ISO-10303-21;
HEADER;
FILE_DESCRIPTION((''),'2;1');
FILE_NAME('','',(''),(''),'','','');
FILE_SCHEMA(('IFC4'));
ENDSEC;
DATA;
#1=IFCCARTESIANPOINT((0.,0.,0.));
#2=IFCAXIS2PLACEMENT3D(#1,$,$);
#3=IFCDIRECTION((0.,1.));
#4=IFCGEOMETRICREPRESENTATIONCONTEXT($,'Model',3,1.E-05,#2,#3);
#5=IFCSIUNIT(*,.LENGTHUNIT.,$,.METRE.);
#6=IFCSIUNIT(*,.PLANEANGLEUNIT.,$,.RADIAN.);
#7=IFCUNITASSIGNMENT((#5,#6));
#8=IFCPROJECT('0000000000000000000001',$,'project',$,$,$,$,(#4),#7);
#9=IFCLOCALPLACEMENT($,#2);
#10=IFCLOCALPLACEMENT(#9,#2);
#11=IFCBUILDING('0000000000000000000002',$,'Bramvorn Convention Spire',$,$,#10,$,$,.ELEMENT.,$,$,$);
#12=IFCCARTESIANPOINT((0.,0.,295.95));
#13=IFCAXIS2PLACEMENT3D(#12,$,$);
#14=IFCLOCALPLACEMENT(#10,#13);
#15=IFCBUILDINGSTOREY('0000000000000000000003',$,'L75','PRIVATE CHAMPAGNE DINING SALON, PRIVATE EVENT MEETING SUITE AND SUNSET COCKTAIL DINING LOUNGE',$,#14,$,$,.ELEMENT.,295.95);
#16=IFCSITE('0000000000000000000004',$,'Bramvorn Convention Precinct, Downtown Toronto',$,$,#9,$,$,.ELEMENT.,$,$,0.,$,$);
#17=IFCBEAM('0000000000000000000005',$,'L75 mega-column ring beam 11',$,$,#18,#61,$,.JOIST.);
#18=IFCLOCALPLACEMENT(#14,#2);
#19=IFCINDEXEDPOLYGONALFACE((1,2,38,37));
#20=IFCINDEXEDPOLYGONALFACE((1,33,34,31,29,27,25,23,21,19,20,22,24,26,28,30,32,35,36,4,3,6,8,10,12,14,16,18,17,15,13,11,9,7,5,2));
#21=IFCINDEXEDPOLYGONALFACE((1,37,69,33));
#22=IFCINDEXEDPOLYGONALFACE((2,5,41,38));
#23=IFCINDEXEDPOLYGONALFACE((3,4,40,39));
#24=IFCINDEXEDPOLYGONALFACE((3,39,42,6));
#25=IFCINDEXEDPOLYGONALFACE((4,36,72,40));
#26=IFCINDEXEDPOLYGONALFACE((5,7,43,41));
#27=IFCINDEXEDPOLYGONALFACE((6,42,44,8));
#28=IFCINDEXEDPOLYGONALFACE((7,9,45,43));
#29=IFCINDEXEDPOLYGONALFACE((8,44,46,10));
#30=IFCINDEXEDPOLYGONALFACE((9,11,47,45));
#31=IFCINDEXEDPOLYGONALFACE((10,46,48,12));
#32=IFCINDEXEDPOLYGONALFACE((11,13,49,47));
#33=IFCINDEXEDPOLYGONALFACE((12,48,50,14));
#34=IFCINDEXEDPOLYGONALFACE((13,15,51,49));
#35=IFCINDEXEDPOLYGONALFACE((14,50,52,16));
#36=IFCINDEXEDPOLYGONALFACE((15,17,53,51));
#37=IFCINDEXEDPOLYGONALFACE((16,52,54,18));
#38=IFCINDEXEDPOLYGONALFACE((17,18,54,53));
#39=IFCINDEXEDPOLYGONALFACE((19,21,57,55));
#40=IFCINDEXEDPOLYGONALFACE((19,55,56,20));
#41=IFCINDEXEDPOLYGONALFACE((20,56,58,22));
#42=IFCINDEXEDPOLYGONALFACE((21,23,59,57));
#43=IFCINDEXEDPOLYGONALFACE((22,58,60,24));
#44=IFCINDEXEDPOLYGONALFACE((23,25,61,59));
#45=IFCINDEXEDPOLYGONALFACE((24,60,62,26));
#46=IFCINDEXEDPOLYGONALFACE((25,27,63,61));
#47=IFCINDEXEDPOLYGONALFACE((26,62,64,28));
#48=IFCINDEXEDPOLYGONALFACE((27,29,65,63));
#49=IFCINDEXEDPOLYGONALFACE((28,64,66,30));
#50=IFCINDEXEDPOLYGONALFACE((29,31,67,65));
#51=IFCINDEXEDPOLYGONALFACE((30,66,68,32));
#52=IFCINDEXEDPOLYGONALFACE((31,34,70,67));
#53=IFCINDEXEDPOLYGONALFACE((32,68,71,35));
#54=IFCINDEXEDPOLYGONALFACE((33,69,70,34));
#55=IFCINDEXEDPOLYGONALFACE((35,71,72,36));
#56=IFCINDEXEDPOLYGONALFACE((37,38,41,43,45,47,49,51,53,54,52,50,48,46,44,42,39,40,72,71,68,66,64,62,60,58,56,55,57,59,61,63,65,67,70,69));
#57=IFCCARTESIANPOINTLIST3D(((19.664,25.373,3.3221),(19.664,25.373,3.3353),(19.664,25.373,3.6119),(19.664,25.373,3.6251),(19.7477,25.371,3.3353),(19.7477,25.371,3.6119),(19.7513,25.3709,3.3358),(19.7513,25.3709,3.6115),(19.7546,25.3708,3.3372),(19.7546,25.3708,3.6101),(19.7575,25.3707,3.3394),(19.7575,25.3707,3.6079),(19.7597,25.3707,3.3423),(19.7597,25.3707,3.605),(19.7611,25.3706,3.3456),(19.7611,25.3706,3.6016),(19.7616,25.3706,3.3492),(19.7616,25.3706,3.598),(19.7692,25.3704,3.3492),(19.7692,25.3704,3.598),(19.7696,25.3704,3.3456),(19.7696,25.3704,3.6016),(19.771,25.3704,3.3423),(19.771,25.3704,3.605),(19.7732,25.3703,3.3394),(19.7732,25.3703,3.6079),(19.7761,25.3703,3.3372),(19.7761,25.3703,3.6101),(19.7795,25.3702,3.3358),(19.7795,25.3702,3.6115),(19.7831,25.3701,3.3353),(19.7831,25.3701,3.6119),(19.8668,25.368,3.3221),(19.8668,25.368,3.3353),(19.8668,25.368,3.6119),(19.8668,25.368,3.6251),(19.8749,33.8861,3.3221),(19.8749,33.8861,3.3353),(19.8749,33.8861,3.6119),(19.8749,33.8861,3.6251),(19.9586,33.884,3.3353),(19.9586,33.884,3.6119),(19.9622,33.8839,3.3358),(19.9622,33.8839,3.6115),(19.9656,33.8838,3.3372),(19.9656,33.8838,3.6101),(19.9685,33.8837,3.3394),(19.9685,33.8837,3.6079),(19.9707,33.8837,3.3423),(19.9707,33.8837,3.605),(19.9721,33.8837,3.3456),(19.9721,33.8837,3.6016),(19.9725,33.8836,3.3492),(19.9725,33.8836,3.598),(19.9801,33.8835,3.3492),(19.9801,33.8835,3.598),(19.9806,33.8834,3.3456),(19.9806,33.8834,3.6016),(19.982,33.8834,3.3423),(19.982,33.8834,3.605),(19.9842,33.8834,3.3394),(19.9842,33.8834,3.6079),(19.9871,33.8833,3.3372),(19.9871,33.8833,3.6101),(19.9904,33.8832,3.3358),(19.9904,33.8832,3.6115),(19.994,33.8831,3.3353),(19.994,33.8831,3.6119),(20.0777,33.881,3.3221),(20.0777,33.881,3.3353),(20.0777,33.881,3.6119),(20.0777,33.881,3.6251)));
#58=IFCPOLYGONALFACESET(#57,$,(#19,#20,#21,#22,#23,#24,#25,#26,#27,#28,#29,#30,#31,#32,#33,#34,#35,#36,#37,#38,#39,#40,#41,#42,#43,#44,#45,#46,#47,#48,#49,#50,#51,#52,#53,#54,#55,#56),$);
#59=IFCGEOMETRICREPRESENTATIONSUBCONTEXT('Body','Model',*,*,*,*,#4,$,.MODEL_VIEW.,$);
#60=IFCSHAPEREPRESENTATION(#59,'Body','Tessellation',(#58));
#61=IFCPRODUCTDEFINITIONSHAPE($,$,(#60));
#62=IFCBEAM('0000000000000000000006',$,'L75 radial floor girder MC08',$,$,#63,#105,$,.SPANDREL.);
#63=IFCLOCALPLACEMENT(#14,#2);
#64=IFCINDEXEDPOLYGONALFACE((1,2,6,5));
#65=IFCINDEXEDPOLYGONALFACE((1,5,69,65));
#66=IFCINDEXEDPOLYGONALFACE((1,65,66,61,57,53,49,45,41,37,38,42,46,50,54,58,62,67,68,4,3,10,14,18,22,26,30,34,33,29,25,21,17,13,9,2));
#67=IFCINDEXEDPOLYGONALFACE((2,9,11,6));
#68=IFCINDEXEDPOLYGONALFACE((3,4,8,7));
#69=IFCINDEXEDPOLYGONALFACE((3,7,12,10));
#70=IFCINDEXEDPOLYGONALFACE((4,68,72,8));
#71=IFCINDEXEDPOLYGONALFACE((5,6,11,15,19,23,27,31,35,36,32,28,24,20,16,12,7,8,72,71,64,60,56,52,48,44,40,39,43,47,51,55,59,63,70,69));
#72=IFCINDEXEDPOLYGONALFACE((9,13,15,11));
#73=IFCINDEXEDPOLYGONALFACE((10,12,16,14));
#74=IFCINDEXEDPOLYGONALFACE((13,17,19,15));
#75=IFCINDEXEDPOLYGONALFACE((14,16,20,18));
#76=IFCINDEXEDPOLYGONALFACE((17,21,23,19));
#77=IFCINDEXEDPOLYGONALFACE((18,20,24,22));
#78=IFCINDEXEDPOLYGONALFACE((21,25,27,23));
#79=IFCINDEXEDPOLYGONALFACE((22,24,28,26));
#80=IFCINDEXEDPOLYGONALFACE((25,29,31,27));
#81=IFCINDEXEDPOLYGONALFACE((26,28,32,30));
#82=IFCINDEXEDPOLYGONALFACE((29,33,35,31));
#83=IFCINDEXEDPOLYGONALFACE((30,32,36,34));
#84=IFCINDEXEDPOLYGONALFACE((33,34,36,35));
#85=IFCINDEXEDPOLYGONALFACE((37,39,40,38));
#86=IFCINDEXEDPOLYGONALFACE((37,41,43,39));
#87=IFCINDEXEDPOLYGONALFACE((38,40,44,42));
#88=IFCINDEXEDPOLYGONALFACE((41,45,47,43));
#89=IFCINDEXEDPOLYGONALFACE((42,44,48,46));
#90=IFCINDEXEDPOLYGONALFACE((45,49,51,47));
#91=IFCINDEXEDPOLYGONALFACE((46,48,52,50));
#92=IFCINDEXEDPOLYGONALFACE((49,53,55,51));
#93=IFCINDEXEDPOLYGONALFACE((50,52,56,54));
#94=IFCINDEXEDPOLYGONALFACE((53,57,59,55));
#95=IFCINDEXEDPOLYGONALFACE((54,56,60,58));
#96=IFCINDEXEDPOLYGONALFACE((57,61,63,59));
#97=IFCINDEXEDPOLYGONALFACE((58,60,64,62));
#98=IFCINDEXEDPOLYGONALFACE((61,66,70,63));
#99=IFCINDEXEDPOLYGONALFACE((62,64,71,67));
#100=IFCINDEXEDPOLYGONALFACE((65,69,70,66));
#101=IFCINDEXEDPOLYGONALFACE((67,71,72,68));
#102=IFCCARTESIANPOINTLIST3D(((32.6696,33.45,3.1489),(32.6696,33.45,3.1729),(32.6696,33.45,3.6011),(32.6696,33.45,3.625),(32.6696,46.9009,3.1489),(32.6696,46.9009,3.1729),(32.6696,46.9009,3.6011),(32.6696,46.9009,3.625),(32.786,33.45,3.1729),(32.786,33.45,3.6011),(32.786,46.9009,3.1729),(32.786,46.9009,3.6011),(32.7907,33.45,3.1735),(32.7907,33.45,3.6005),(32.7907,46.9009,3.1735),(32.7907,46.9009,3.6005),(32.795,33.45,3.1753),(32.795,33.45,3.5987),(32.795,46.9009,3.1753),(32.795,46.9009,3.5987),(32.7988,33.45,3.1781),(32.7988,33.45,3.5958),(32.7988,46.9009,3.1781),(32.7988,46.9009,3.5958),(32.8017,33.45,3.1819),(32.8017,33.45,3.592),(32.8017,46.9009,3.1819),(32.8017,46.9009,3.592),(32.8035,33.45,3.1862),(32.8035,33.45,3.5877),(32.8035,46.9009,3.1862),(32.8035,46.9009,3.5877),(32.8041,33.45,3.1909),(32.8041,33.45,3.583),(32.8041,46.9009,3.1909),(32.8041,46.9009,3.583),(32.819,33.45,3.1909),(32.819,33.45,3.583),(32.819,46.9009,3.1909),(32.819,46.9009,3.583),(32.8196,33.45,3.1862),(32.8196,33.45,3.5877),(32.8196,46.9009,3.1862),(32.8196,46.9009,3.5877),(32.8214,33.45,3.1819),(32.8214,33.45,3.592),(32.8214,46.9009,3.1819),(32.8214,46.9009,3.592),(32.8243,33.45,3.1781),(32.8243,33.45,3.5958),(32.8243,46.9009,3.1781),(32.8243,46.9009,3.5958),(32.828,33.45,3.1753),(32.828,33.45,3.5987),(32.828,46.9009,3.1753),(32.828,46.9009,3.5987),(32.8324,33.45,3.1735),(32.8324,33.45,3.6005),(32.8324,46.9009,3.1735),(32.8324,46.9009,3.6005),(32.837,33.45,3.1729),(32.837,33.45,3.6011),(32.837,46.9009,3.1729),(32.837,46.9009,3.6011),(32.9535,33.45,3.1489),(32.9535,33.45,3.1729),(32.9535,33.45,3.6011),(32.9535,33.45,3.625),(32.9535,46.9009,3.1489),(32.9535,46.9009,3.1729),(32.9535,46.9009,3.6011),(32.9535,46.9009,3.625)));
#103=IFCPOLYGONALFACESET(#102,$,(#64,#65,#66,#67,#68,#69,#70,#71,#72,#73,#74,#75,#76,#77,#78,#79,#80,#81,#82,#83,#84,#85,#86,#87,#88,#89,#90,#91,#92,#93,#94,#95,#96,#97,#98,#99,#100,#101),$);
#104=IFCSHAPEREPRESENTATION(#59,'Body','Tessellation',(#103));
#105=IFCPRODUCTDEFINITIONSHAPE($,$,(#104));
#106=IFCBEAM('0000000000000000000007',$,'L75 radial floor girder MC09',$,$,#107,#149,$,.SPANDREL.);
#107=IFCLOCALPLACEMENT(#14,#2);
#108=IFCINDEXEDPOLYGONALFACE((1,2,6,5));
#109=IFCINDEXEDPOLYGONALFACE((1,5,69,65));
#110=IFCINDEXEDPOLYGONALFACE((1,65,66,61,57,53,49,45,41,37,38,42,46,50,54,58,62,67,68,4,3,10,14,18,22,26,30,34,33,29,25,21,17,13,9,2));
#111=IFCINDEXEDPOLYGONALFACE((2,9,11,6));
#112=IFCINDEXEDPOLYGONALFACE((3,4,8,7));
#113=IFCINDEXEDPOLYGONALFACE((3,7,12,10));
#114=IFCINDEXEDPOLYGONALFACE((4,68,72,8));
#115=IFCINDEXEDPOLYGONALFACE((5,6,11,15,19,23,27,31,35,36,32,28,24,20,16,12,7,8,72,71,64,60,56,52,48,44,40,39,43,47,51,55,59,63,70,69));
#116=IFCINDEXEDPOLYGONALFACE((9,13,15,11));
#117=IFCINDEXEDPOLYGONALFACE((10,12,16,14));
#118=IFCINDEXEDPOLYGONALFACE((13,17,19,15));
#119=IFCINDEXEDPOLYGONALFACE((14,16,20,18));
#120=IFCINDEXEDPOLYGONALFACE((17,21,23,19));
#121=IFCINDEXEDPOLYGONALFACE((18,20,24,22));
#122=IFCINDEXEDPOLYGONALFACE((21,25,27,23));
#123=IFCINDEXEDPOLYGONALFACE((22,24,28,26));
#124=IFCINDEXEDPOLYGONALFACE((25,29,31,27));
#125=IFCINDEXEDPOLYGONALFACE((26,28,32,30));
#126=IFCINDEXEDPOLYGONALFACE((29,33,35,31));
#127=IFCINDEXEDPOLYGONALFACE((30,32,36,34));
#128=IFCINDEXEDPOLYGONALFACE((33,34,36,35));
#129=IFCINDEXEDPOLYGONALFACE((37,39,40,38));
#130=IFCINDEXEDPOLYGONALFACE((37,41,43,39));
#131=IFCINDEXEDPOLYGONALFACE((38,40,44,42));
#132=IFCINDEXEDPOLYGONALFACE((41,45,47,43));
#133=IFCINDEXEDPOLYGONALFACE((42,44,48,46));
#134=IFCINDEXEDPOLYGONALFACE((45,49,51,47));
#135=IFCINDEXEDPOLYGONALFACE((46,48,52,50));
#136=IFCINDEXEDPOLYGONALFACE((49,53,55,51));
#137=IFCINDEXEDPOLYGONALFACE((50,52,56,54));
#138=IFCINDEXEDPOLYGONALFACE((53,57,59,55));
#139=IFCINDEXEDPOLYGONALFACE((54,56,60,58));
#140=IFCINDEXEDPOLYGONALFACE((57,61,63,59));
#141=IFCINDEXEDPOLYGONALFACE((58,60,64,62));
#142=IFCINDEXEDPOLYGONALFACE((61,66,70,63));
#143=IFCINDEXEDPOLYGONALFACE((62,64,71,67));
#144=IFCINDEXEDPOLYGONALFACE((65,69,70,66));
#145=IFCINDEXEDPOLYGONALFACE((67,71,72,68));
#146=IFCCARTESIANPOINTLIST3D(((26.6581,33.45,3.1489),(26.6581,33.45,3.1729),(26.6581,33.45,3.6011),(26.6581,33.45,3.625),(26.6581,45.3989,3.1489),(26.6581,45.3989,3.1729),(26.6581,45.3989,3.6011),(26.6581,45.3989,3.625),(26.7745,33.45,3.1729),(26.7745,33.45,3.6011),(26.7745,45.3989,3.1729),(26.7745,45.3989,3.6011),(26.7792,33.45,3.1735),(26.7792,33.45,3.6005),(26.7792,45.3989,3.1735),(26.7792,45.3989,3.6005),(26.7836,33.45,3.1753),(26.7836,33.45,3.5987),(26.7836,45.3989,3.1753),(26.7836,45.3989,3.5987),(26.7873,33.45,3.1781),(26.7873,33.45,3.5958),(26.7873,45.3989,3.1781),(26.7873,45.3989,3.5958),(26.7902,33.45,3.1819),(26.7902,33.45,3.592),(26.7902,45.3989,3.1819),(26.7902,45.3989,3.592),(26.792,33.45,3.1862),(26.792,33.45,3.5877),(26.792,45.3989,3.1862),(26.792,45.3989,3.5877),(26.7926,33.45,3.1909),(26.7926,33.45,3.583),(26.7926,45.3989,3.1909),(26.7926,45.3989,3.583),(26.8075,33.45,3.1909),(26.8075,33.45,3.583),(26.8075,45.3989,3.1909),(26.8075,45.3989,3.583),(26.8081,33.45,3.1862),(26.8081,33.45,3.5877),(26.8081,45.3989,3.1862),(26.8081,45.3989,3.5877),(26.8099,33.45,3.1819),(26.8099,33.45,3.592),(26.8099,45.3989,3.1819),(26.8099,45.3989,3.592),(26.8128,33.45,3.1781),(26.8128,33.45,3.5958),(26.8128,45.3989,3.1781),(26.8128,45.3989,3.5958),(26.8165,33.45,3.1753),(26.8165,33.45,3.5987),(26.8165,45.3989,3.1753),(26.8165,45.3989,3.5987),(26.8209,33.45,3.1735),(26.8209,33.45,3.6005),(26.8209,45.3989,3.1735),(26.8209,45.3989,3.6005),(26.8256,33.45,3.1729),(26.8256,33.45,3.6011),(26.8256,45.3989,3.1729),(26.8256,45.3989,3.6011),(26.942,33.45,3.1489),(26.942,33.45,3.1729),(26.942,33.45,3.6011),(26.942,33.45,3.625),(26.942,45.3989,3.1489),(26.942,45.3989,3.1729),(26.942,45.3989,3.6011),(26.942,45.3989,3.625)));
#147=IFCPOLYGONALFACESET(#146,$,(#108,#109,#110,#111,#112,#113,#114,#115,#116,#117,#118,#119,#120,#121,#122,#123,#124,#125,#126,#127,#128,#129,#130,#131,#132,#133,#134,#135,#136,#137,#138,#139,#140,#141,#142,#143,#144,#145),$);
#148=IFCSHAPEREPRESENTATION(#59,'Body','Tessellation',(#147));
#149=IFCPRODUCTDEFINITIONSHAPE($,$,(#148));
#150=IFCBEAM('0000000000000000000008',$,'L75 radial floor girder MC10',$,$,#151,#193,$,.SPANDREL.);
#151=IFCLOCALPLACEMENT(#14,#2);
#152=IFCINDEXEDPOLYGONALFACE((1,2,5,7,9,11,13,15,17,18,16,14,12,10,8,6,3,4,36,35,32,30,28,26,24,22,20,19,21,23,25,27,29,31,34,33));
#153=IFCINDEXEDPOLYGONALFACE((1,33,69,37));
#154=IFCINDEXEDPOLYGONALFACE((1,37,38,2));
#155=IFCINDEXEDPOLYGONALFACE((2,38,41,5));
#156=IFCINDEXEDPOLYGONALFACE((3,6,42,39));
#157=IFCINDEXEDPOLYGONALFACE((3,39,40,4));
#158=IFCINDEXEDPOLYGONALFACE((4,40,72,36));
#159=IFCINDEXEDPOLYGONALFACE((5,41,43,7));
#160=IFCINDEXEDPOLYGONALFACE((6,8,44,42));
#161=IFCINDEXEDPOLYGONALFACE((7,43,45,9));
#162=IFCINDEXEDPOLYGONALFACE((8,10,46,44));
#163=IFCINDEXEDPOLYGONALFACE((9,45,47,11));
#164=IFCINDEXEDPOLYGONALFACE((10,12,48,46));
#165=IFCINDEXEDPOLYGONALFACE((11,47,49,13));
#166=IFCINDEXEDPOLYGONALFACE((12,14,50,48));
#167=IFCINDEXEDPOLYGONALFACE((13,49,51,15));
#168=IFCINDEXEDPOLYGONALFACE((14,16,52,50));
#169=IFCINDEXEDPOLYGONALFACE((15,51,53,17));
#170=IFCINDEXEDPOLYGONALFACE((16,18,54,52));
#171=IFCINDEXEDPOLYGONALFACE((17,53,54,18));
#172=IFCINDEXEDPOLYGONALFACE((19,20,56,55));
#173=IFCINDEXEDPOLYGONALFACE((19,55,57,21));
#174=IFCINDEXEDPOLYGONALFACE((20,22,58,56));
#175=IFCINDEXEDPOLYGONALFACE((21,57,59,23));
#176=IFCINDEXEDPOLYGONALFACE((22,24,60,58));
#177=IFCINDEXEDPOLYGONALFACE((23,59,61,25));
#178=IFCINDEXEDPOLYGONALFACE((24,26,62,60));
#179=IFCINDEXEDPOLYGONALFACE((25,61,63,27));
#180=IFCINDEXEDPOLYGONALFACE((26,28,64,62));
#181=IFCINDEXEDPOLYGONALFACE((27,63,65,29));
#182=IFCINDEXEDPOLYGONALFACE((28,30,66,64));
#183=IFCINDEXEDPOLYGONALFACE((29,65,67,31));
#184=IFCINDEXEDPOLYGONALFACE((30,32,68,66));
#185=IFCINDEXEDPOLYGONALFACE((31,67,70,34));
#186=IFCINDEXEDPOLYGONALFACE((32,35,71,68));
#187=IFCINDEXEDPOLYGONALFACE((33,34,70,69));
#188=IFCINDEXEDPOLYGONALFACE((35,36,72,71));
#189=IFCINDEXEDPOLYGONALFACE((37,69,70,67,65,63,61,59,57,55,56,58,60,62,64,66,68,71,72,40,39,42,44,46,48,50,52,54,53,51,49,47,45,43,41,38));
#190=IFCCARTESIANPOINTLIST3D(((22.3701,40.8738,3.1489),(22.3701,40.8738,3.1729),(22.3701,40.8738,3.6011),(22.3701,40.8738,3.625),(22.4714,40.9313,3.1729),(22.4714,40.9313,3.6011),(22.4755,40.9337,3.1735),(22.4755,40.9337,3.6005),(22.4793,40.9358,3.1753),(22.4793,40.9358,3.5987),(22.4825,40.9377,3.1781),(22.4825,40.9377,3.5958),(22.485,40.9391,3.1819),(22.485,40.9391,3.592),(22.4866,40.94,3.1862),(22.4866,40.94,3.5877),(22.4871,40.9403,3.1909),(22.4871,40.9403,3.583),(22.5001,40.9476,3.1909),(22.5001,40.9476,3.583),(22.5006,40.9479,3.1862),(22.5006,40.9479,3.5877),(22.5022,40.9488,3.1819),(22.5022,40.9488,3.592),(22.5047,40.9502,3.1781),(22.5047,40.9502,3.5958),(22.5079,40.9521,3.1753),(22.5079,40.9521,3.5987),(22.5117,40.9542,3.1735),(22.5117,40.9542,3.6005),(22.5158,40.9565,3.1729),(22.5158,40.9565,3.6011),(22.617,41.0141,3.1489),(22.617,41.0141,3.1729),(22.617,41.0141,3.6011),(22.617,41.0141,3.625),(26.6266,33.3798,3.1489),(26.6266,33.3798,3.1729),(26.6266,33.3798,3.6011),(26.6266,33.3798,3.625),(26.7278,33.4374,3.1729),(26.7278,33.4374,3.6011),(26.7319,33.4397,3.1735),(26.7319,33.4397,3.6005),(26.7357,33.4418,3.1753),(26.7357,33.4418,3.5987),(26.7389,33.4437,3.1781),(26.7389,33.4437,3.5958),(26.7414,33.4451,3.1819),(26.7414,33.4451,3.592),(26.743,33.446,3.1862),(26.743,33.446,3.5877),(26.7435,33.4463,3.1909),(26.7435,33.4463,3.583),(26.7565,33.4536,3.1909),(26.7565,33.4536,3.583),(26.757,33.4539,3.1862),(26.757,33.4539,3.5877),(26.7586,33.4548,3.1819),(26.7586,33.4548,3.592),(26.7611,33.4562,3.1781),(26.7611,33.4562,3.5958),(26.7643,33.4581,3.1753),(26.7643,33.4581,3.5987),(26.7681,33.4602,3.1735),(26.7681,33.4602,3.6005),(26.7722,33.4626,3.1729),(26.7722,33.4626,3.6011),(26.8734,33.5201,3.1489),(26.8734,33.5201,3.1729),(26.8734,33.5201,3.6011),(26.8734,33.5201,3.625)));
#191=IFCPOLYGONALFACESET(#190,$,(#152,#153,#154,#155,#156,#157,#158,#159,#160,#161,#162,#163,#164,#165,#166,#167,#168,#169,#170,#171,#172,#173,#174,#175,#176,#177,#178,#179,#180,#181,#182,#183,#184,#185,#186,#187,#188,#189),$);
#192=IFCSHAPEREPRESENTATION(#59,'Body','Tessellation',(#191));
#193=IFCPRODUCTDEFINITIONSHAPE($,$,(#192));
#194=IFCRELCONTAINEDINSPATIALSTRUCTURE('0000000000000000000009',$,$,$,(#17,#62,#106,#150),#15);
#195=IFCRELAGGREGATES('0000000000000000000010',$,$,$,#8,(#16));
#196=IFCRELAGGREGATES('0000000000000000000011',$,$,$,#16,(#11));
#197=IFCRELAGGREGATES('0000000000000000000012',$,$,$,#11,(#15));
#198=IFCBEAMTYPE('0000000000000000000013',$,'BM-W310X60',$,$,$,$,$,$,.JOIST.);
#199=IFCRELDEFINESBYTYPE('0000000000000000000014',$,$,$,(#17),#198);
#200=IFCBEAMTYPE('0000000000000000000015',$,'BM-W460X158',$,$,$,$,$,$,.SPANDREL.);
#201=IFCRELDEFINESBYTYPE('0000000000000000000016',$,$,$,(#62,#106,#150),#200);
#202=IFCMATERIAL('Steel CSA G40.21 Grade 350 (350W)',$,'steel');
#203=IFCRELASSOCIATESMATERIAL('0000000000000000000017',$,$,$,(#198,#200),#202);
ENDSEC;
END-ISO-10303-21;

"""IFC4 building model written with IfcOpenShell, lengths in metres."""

from ifc_helpers import new_model, si_unit, direction, frame, origin, origin_2d, place, context, subcontext, project, spatial, i_section, extrude, material, material_profile, profile_set, type_object, element, save


model = new_model("IFC4")

# Units and contexts
model_context = context("Model", 3, precision=1e-05, world=origin(), true_north=direction((0.0, 1.0)))
body_context = subcontext(model_context, "Body", "Model", "MODEL_VIEW")
ifc_project = project(units=[si_unit("LENGTHUNIT", "METRE"), si_unit("PLANEANGLEUNIT", "RADIAN")], contexts=[model_context])

# Site, building, storey
site_placement = place(None, origin())
site = spatial("IfcSite", under=ifc_project, at=site_placement, Name="Bramvorn Convention Precinct, Downtown Toronto", CompositionType="ELEMENT", RefElevation=0.0)
building_placement = place(site_placement, origin())
building = spatial("IfcBuilding", under=site, at=building_placement, Name="Bramvorn Convention Spire", CompositionType="ELEMENT")
storey_placement = place(building_placement, frame((0.0, 0.0, 295.95)))
storey = spatial("IfcBuildingStorey", under=building, at=storey_placement, Name="L75", Description="PRIVATE CHAMPAGNE DINING SALON, PRIVATE EVENT MEETING SUITE AND SUNSET COCKTAIL DINING LOUNGE", CompositionType="ELEMENT", Elevation=295.95)

# Shared definitions
ifc_material_1 = material(Name="Steel CSA G40.21 Grade 350 (350W)", Category="steel")

# Beams
ifc_material_profile_1 = material_profile(ifc_material_1, i_section(OverallWidth=0.2029, OverallDepth=0.303, WebThickness=0.0076, FlangeThickness=0.0132, FilletRadius=0.0139, at=origin_2d()))
ifc_profile_set_1 = profile_set([ifc_material_profile_1], Name="Steel CSA G40.21 Grade 350 (350W) - W310X60")
beam_type_1 = type_object("IfcBeamType", Name="BM-W310X60", PredefinedType="JOIST", material=ifc_profile_set_1)
beam_1_placement = place(storey_placement, frame((19.9763, 33.8835, 3.4736), z_axis=(-0.024771, -0.999693, 0.0), x_axis=(0.999693, -0.024771, 0.0)))
element("IfcBeam", 1, at=beam_1_placement, inside=storey, type_object=beam_type_1, Name="L75 mega-column ring beam 11", PredefinedType="JOIST", context=body_context, shape_type="SweptSolid", body=[
    extrude(i_section(OverallWidth=0.2029, OverallDepth=0.303, WebThickness=0.0076, FlangeThickness=0.0132, FilletRadius=0.0139, at=origin_2d()), origin(), (0.0, 0.0, 1.0), 8.5156),
])
ifc_material_profile_2 = material_profile(ifc_material_1, i_section(OverallWidth=0.2839, OverallDepth=0.4761, WebThickness=0.0149, FlangeThickness=0.0239, FilletRadius=0.0181, at=origin_2d()))
ifc_profile_set_2 = profile_set([ifc_material_profile_2], Name="Steel CSA G40.21 Grade 350 (350W) - W460X158")
beam_type_2 = type_object("IfcBeamType", Name="BM-W460X158", PredefinedType="SPANDREL", material=ifc_profile_set_2)
beam_2_placement = place(storey_placement, frame((32.8115, 33.45, 3.387), z_axis=(0.0, 1.0, 0.0), x_axis=(-1.0, 0.0, 0.0)))
element("IfcBeam", 2, at=beam_2_placement, inside=storey, type_object=beam_type_2, Name="L75 radial floor girder MC08", PredefinedType="SPANDREL", context=body_context, shape_type="SweptSolid", body=[
    extrude(i_section(OverallWidth=0.2839, OverallDepth=0.4761, WebThickness=0.0149, FlangeThickness=0.0239, FilletRadius=0.0181, at=origin_2d()), origin(), (0.0, 0.0, 1.0), 13.4509),
])
beam_3_placement = place(storey_placement, frame((26.8, 33.45, 3.387), z_axis=(0.0, 1.0, 0.0), x_axis=(-1.0, 0.0, 0.0)))
element("IfcBeam", 3, at=beam_3_placement, inside=storey, type_object=beam_type_2, Name="L75 radial floor girder MC09", PredefinedType="SPANDREL", context=body_context, shape_type="SweptSolid", body=[
    extrude(i_section(OverallWidth=0.2839, OverallDepth=0.4761, WebThickness=0.0149, FlangeThickness=0.0239, FilletRadius=0.0181, at=origin_2d()), origin(), (0.0, 0.0, 1.0), 11.949),
])
beam_4_placement = place(storey_placement, frame((26.75, 33.45, 3.387), z_axis=(-0.493874, 0.869534, 0.0), x_axis=(-0.869534, -0.493874, 0.0)))
element("IfcBeam", 4, at=beam_4_placement, inside=storey, type_object=beam_type_2, Name="L75 radial floor girder MC10", PredefinedType="SPANDREL", context=body_context, shape_type="SweptSolid", body=[
    extrude(i_section(OverallWidth=0.2839, OverallDepth=0.4761, WebThickness=0.0149, FlangeThickness=0.0239, FilletRadius=0.0181, at=origin_2d()), origin(), (0.0, 0.0, 1.0), 8.6184),
])

save(model, "model.ifc")
